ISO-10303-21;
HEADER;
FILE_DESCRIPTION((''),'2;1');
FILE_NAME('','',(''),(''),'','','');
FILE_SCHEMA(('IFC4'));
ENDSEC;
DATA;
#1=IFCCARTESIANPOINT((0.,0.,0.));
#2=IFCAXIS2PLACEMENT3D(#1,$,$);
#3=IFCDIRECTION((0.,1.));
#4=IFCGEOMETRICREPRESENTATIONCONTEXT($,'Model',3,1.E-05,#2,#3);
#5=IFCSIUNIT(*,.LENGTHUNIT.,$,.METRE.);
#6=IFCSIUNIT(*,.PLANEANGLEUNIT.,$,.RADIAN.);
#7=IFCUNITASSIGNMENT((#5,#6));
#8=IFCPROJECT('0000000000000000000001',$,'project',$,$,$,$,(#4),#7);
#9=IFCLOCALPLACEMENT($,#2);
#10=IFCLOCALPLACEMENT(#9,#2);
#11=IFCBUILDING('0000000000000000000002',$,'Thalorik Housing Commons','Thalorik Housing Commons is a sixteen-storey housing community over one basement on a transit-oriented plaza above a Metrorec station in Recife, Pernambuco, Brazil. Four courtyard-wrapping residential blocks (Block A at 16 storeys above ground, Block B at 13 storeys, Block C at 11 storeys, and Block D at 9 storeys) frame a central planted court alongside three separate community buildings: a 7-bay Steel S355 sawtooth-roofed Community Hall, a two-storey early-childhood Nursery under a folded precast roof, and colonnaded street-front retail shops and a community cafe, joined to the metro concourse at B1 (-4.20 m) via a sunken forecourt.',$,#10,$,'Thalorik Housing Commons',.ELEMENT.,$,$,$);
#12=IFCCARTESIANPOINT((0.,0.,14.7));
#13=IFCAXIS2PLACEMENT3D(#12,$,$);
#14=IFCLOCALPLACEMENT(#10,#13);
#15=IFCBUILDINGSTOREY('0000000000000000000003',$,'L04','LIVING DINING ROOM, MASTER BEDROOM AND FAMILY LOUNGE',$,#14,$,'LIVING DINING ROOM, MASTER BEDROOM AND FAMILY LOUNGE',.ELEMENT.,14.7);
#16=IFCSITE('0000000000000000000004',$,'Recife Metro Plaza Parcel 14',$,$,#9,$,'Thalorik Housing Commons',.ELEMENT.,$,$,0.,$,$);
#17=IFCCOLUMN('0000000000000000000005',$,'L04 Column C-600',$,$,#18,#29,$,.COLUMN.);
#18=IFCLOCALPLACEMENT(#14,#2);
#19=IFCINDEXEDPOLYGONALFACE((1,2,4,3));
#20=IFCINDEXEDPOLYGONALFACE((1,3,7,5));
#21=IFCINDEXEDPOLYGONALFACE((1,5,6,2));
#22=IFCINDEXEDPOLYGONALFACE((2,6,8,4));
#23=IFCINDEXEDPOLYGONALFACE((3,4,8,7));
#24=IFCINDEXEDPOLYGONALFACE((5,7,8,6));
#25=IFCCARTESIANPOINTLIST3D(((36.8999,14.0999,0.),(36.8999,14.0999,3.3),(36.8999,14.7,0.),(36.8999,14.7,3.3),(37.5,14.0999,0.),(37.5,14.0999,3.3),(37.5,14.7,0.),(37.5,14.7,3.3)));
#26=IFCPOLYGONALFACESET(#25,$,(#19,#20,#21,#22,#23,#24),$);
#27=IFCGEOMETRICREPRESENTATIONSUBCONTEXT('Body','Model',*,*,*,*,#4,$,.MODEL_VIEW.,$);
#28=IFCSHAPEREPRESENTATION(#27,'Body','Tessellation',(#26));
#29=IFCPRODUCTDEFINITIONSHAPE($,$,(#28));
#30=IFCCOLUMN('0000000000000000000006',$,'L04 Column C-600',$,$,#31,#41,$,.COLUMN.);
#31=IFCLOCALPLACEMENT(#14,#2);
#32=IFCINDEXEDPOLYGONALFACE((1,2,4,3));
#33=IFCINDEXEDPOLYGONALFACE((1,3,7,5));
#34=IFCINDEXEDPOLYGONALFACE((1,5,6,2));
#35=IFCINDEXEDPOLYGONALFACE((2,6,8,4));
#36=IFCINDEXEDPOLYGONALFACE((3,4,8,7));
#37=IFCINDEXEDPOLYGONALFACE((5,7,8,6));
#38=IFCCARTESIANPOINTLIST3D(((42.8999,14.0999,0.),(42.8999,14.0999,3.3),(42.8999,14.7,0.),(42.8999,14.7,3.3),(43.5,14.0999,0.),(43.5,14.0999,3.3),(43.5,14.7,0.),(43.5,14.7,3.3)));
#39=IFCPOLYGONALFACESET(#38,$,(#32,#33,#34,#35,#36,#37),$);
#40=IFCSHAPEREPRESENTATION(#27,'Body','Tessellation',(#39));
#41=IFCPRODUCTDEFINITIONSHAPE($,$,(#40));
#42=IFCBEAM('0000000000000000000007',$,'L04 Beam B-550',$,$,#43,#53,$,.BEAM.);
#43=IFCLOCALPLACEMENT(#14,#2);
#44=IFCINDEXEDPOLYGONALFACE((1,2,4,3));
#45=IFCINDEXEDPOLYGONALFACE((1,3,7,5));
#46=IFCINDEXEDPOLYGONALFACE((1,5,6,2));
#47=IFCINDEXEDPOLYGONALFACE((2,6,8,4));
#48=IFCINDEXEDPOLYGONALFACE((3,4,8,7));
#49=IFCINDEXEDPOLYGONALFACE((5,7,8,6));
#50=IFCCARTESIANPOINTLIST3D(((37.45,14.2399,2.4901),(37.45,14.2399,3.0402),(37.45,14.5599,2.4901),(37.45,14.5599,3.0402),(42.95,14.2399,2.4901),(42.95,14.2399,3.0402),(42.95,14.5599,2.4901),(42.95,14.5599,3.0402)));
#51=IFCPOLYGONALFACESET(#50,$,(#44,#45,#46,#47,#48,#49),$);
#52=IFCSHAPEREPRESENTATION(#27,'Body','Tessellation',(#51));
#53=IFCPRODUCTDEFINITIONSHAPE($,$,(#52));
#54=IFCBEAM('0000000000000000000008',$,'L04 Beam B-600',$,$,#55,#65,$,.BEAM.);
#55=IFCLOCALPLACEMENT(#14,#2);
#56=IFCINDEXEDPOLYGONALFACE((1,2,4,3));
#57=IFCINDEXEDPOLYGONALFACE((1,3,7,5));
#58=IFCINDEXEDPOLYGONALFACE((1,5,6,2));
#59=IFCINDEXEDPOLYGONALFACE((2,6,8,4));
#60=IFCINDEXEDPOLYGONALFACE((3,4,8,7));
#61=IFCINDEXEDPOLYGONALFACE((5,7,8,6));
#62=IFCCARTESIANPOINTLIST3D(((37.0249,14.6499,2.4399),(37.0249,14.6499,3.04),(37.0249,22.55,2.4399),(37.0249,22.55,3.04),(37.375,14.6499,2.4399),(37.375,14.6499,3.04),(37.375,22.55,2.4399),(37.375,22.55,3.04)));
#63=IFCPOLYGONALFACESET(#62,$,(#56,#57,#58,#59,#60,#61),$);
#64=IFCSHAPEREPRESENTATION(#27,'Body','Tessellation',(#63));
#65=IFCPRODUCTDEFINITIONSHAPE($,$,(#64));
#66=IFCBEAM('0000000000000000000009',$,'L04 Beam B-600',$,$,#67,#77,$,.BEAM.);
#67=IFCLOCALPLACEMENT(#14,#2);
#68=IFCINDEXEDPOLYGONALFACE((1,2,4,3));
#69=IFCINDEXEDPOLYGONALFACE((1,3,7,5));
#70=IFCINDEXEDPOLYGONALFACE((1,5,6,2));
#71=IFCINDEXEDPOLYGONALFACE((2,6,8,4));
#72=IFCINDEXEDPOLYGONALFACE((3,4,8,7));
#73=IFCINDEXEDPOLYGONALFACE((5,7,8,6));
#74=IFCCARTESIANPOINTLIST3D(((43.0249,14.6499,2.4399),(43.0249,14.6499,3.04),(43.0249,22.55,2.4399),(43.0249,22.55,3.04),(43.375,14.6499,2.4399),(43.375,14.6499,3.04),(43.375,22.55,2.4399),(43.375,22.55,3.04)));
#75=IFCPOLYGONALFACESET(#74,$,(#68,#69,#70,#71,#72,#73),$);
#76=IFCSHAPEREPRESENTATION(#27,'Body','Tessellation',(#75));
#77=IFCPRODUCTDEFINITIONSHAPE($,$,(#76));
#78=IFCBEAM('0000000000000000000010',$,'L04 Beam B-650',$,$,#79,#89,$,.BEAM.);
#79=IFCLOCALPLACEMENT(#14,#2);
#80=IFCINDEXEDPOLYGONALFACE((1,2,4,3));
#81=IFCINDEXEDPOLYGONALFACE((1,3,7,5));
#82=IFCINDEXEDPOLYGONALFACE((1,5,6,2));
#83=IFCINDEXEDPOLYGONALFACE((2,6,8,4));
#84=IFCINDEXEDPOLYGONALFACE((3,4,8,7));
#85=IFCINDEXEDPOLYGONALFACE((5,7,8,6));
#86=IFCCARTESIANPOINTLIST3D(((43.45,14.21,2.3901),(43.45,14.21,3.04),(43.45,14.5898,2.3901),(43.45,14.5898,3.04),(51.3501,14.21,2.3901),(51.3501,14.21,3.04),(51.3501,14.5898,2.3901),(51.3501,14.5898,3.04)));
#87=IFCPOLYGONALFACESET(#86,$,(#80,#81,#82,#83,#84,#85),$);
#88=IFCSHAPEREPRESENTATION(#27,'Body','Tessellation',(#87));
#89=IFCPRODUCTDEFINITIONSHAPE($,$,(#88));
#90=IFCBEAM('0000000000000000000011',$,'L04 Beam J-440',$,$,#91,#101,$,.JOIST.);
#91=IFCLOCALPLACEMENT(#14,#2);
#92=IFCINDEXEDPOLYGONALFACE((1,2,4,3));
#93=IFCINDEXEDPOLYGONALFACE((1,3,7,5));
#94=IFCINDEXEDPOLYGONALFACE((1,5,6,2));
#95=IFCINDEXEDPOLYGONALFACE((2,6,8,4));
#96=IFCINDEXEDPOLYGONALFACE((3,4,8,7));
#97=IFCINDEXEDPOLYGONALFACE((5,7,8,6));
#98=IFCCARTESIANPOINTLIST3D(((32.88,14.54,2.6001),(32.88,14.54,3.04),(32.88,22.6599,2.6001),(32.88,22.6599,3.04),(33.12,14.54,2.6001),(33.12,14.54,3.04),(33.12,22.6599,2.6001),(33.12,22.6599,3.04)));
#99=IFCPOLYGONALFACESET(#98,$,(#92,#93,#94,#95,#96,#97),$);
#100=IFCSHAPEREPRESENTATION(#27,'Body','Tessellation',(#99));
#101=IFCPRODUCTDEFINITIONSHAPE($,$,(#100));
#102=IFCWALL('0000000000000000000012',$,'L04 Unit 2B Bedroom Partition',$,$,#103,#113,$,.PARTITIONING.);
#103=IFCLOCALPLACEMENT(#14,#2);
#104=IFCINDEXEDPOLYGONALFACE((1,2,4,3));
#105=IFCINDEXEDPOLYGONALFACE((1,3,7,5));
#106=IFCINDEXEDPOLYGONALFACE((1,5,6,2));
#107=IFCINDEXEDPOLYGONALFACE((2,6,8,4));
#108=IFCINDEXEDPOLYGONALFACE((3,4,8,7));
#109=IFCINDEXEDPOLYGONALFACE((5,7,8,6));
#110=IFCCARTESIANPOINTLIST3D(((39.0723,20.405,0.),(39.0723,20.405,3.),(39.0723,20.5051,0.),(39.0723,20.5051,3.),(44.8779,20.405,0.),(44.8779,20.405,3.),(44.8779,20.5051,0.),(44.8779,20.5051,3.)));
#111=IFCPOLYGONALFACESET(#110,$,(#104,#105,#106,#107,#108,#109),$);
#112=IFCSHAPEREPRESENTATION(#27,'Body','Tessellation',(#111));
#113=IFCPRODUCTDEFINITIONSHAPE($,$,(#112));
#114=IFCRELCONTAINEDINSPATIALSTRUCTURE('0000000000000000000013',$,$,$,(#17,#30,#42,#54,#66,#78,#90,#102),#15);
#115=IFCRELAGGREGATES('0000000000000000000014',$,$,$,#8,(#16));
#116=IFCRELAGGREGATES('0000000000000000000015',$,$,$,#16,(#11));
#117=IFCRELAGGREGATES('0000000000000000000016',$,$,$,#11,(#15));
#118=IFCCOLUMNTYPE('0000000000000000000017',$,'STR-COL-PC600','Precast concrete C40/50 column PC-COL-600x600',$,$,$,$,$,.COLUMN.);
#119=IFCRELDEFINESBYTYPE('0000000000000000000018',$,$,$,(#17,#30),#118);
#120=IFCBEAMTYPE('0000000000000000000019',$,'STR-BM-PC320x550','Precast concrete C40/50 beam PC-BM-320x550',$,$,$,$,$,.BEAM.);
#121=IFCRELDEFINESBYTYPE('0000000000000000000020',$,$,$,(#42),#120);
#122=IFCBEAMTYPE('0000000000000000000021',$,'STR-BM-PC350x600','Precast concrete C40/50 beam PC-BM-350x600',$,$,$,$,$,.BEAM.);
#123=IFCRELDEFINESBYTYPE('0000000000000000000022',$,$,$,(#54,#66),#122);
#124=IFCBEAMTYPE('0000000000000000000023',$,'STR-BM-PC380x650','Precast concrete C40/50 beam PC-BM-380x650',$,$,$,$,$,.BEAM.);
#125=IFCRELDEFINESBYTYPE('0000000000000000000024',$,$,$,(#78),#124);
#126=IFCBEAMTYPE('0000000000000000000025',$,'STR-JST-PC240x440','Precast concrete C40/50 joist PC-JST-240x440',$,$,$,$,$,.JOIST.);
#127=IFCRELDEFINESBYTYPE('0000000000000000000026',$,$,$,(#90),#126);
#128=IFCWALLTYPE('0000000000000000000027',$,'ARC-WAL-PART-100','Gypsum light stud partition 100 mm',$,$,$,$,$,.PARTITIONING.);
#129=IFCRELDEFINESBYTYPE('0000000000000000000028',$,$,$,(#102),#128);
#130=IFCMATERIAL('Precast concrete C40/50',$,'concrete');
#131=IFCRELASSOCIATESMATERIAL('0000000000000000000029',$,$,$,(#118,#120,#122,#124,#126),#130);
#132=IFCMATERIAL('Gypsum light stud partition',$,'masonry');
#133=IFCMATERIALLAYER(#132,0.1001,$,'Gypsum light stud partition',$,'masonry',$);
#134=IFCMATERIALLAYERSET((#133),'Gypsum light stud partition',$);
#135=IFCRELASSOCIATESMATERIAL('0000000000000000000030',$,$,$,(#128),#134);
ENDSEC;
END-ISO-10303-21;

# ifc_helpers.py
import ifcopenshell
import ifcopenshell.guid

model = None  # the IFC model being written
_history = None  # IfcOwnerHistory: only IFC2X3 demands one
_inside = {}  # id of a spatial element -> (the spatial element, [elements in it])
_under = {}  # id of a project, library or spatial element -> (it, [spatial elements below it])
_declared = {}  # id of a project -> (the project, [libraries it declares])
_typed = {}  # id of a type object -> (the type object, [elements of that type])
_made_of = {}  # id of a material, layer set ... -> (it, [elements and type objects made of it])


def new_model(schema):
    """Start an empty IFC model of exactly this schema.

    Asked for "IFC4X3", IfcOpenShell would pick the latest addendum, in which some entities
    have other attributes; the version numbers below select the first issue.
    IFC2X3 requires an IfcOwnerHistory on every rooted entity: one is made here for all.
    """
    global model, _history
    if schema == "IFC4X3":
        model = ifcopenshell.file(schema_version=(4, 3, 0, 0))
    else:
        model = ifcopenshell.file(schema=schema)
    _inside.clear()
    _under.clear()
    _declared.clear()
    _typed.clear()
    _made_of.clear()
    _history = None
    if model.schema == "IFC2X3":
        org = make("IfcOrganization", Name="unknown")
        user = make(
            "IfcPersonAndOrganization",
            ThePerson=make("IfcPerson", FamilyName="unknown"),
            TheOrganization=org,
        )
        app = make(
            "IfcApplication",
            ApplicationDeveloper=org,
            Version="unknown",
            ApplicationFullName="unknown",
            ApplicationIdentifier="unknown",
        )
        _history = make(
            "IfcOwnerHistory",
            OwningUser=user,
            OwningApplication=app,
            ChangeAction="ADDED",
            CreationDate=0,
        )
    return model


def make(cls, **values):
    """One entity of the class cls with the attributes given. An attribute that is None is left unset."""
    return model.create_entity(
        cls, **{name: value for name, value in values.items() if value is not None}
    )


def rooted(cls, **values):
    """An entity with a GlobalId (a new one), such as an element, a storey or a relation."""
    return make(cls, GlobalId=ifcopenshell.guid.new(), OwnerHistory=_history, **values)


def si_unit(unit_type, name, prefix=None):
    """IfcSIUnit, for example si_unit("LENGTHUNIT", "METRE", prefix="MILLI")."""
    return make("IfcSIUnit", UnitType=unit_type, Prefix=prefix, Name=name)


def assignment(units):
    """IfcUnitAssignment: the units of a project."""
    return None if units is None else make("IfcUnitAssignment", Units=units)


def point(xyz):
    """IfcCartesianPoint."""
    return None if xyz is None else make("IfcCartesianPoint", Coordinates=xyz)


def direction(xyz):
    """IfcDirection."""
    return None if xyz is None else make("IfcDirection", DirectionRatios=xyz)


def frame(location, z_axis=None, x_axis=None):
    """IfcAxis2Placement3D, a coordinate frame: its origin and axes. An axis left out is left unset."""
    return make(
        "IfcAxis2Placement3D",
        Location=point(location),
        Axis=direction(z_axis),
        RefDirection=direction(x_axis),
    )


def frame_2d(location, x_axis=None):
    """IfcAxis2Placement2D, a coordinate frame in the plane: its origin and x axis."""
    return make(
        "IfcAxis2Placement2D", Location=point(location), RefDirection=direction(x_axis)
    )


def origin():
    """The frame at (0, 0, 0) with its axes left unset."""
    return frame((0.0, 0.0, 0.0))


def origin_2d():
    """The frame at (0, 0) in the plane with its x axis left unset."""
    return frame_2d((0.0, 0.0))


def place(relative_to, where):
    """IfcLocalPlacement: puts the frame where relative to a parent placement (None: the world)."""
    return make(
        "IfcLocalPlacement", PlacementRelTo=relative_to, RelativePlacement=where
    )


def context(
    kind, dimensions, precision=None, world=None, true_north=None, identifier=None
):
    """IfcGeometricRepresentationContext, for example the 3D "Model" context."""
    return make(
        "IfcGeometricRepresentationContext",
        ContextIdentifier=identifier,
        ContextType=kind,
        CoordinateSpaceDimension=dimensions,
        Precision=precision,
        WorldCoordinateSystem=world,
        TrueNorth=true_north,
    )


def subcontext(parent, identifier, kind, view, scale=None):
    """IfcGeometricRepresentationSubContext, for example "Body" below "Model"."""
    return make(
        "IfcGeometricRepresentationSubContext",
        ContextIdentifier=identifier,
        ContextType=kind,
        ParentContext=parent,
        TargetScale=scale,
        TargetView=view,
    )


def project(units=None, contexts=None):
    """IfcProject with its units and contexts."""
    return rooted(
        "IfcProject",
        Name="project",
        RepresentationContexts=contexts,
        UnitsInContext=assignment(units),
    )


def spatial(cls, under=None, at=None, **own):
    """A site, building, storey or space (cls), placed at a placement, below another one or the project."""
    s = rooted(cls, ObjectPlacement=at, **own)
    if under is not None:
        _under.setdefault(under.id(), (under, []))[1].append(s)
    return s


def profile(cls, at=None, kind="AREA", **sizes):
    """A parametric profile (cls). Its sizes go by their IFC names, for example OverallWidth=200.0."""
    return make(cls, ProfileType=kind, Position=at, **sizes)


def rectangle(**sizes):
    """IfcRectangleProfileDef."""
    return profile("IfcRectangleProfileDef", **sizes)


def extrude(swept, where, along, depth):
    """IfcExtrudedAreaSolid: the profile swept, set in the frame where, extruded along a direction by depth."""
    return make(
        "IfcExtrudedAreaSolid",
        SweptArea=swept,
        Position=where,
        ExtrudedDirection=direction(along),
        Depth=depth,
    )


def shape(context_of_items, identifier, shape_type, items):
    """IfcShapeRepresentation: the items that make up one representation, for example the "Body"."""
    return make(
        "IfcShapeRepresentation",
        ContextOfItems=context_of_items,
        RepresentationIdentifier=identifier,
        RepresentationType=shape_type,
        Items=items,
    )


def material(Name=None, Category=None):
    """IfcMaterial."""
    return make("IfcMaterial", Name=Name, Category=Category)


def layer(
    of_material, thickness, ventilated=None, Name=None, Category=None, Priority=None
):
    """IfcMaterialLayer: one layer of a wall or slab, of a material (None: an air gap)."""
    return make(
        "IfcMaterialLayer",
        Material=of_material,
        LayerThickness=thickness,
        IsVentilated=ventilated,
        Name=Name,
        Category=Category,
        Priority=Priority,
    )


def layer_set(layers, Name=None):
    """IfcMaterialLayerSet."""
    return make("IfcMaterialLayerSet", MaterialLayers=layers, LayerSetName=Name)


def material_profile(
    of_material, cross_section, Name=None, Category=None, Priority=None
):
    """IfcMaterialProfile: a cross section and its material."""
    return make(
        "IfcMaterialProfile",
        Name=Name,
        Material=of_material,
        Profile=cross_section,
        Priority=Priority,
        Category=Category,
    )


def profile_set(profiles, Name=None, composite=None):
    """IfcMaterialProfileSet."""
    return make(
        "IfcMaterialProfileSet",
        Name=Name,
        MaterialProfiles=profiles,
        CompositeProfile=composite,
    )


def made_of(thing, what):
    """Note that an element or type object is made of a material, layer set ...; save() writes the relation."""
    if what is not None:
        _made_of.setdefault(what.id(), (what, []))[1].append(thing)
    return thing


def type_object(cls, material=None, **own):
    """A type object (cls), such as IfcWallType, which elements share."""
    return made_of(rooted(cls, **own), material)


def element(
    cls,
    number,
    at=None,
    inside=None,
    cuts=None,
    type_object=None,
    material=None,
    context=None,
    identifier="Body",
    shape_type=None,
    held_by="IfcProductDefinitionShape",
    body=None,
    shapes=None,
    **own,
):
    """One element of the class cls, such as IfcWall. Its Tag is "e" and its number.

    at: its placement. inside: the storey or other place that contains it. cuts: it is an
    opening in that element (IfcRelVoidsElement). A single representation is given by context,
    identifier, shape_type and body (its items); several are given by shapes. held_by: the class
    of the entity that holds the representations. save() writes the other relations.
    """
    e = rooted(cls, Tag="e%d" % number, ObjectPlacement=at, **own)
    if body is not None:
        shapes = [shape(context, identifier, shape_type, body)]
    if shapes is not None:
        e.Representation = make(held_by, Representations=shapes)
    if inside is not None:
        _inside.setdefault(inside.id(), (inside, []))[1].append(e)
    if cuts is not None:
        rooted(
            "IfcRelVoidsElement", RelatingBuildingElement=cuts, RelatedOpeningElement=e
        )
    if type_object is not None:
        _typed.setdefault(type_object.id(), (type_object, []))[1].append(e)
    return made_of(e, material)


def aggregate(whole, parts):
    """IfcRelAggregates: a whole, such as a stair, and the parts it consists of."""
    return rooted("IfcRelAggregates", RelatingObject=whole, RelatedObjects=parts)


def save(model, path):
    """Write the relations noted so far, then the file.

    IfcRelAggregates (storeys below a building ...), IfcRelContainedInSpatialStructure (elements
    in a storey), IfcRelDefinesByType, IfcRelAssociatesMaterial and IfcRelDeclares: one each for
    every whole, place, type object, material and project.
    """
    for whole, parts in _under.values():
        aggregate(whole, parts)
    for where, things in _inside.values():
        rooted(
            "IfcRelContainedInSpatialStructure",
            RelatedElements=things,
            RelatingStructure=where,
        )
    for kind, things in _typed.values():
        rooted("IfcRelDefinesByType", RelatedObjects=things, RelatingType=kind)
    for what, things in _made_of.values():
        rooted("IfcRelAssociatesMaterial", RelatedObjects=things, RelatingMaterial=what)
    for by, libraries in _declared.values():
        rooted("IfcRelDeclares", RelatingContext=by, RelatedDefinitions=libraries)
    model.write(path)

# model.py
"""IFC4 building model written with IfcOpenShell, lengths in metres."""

from ifc_helpers import new_model, si_unit, direction, frame, frame_2d, origin, origin_2d, place, context, subcontext, project, spatial, rectangle, extrude, material, layer, layer_set, material_profile, profile_set, type_object, element, save


model = new_model("IFC4")

# Units and contexts
model_context = context("Model", 3, precision=1e-05, world=origin(), true_north=direction((0.0, 1.0)))
body_context = subcontext(model_context, "Body", "Model", "MODEL_VIEW")
ifc_project = project(units=[si_unit("LENGTHUNIT", "METRE"), si_unit("PLANEANGLEUNIT", "RADIAN")], contexts=[model_context])

# Site, building, storey
site_placement = place(None, origin())
site = spatial("IfcSite", under=ifc_project, at=site_placement, Name="Recife Metro Plaza Parcel 14", LongName="Thalorik Housing Commons", CompositionType="ELEMENT", RefElevation=0.0)
building_placement = place(site_placement, origin())
building = spatial("IfcBuilding", under=site, at=building_placement, Name="Thalorik Housing Commons", Description="Thalorik Housing Commons is a sixteen-storey housing community over one basement on a transit-oriented plaza above a Metrorec station in Recife, Pernambuco, Brazil. Four courtyard-wrapping residential blocks (Block A at 16 storeys above ground, Block B at 13 storeys, Block C at 11 storeys, and Block D at 9 storeys) frame a central planted court alongside three separate community buildings: a 7-bay Steel S355 sawtooth-roofed Community Hall, a two-storey early-childhood Nursery under a folded precast roof, and colonnaded street-front retail shops and a community cafe, joined to the metro concourse at B1 (-4.20 m) via a sunken forecourt.", LongName="Thalorik Housing Commons", CompositionType="ELEMENT")
storey_placement = place(building_placement, frame((0.0, 0.0, 14.7)))
storey = spatial("IfcBuildingStorey", under=building, at=storey_placement, Name="L04", Description="LIVING DINING ROOM, MASTER BEDROOM AND FAMILY LOUNGE", LongName="LIVING DINING ROOM, MASTER BEDROOM AND FAMILY LOUNGE", CompositionType="ELEMENT", Elevation=14.7)

# Columns
ifc_material_1 = material(Name="Precast concrete C40/50", Category="concrete")
ifc_material_profile_1 = material_profile(ifc_material_1, rectangle(XDim=0.6001, YDim=0.6001, at=origin_2d()), Name="PC 600x600", Category="concrete")
ifc_profile_set_1 = profile_set([ifc_material_profile_1], Name="Precast concrete C40/50")
column_type = type_object("IfcColumnType", Name="STR-COL-PC600", Description="Precast concrete C40/50 column PC-COL-600x600", PredefinedType="COLUMN", material=ifc_profile_set_1)
for number, where, z_axis, x_axis, name in (
    (1, (37.2, 14.3999, 0.0), (0.0, 0.0, 1.0), (1.0, 0.0, 0.0), "L04 Column C-600"),
    (2, (43.2, 14.3999, 0.0), (0.0, 0.0, 1.0), (1.0, 0.0, 0.0), "L04 Column C-600"),
):
    element("IfcColumn", number, at=place(storey_placement, frame(where, z_axis=z_axis, x_axis=x_axis)), inside=storey, type_object=column_type, Name=name, PredefinedType="COLUMN", context=body_context, shape_type="SweptSolid", body=[
        extrude(rectangle(XDim=0.6001, YDim=0.6001, at=origin_2d()), origin(), (0.0, 0.0, 1.0), 3.3),
    ])

# Beams
ifc_material_profile_2 = material_profile(ifc_material_1, rectangle(XDim=0.3201, YDim=0.55, at=origin_2d()), Name="PC 320x550", Category="concrete")
ifc_profile_set_2 = profile_set([ifc_material_profile_2], Name="Precast concrete C40/50")
beam_type_1 = type_object("IfcBeamType", Name="STR-BM-PC320x550", Description="Precast concrete C40/50 beam PC-BM-320x550", PredefinedType="BEAM", material=ifc_profile_set_2)
beam_1_placement = place(storey_placement, frame((37.45, 14.3999, 2.7651), z_axis=(1.0, 0.0, 0.0), x_axis=(0.0, 1.0, 0.0)))
element("IfcBeam", 3, at=beam_1_placement, inside=storey, type_object=beam_type_1, Name="L04 Beam B-550", PredefinedType="BEAM", context=body_context, shape_type="SweptSolid", body=[
    extrude(rectangle(XDim=0.3201, YDim=0.55, at=origin_2d()), origin(), (0.0, 0.0, 1.0), 5.5),
])
ifc_material_profile_3 = material_profile(ifc_material_1, rectangle(XDim=0.3501, YDim=0.6001, at=origin_2d()), Name="PC 350x600", Category="concrete")
ifc_profile_set_3 = profile_set([ifc_material_profile_3], Name="Precast concrete C40/50")
beam_type_2 = type_object("IfcBeamType", Name="STR-BM-PC350x600", Description="Precast concrete C40/50 beam PC-BM-350x600", PredefinedType="BEAM", material=ifc_profile_set_3)
for number, where, z_axis, x_axis, name in (
    (4, (37.2, 14.6499, 2.74), (0.0, 1.0, 0.0), (-1.0, 0.0, 0.0), "L04 Beam B-600"),
    (5, (43.2, 14.6499, 2.74), (0.0, 1.0, 0.0), (-1.0, 0.0, 0.0), "L04 Beam B-600"),
):
    element("IfcBeam", number, at=place(storey_placement, frame(where, z_axis=z_axis, x_axis=x_axis)), inside=storey, type_object=beam_type_2, Name=name, PredefinedType="BEAM", context=body_context, shape_type="SweptSolid", body=[
        extrude(rectangle(XDim=0.3501, YDim=0.6001, at=origin_2d()), origin(), (0.0, 0.0, 1.0), 7.9001),
    ])
ifc_material_profile_4 = material_profile(ifc_material_1, rectangle(XDim=0.3799, YDim=0.6499, at=origin_2d()), Name="PC 380x650", Category="concrete")
ifc_profile_set_4 = profile_set([ifc_material_profile_4], Name="Precast concrete C40/50")
beam_type_3 = type_object("IfcBeamType", Name="STR-BM-PC380x650", Description="Precast concrete C40/50 beam PC-BM-380x650", PredefinedType="BEAM", material=ifc_profile_set_4)
beam_2_placement = place(storey_placement, frame((43.45, 14.3999, 2.7151), z_axis=(1.0, 0.0, 0.0), x_axis=(0.0, 1.0, 0.0)))
element("IfcBeam", 6, at=beam_2_placement, inside=storey, type_object=beam_type_3, Name="L04 Beam B-650", PredefinedType="BEAM", context=body_context, shape_type="SweptSolid", body=[
    extrude(rectangle(XDim=0.3799, YDim=0.6499, at=origin_2d()), origin(), (0.0, 0.0, 1.0), 7.9001),
])
ifc_material_profile_5 = material_profile(ifc_material_1, rectangle(XDim=0.24, YDim=0.4399, at=origin_2d()), Name="PC JST 240x440", Category="concrete")
ifc_profile_set_5 = profile_set([ifc_material_profile_5], Name="Precast concrete C40/50")
beam_type_4 = type_object("IfcBeamType", Name="STR-JST-PC240x440", Description="Precast concrete C40/50 joist PC-JST-240x440", PredefinedType="JOIST", material=ifc_profile_set_5)
beam_3_placement = place(storey_placement, frame((33.0, 14.54, 2.8201), z_axis=(0.0, 1.0, 0.0), x_axis=(-1.0, 0.0, 0.0)))
element("IfcBeam", 7, at=beam_3_placement, inside=storey, type_object=beam_type_4, Name="L04 Beam J-440", PredefinedType="JOIST", context=body_context, shape_type="SweptSolid", body=[
    extrude(rectangle(XDim=0.24, YDim=0.4399, at=origin_2d()), origin(), (0.0, 0.0, 1.0), 8.1199),
])

# Wall
ifc_material_2 = material(Name="Gypsum light stud partition", Category="masonry")
ifc_layer_1 = layer(ifc_material_2, 0.1001, Name="Gypsum light stud partition", Category="masonry")
ifc_layer_set_1 = layer_set([ifc_layer_1], Name="Gypsum light stud partition")
wall_type_1 = type_object("IfcWallType", Name="ARC-WAL-PART-100", Description="Gypsum light stud partition 100 mm", PredefinedType="PARTITIONING", material=ifc_layer_set_1)
wall_1_placement = place(storey_placement, frame((39.0723, 20.4551, 0.0), z_axis=(0.0, 0.0, 1.0), x_axis=(1.0, 0.0, 0.0)))
element("IfcWall", 8, at=wall_1_placement, inside=storey, type_object=wall_type_1, Name="L04 Unit 2B Bedroom Partition", PredefinedType="PARTITIONING", context=body_context, shape_type="SweptSolid", body=[
    extrude(rectangle(XDim=5.8057, YDim=0.1001, at=frame_2d((2.9028, 0.0))), origin(), (0.0, 0.0, 1.0), 3.0),
])

save(model, "model.ifc")
